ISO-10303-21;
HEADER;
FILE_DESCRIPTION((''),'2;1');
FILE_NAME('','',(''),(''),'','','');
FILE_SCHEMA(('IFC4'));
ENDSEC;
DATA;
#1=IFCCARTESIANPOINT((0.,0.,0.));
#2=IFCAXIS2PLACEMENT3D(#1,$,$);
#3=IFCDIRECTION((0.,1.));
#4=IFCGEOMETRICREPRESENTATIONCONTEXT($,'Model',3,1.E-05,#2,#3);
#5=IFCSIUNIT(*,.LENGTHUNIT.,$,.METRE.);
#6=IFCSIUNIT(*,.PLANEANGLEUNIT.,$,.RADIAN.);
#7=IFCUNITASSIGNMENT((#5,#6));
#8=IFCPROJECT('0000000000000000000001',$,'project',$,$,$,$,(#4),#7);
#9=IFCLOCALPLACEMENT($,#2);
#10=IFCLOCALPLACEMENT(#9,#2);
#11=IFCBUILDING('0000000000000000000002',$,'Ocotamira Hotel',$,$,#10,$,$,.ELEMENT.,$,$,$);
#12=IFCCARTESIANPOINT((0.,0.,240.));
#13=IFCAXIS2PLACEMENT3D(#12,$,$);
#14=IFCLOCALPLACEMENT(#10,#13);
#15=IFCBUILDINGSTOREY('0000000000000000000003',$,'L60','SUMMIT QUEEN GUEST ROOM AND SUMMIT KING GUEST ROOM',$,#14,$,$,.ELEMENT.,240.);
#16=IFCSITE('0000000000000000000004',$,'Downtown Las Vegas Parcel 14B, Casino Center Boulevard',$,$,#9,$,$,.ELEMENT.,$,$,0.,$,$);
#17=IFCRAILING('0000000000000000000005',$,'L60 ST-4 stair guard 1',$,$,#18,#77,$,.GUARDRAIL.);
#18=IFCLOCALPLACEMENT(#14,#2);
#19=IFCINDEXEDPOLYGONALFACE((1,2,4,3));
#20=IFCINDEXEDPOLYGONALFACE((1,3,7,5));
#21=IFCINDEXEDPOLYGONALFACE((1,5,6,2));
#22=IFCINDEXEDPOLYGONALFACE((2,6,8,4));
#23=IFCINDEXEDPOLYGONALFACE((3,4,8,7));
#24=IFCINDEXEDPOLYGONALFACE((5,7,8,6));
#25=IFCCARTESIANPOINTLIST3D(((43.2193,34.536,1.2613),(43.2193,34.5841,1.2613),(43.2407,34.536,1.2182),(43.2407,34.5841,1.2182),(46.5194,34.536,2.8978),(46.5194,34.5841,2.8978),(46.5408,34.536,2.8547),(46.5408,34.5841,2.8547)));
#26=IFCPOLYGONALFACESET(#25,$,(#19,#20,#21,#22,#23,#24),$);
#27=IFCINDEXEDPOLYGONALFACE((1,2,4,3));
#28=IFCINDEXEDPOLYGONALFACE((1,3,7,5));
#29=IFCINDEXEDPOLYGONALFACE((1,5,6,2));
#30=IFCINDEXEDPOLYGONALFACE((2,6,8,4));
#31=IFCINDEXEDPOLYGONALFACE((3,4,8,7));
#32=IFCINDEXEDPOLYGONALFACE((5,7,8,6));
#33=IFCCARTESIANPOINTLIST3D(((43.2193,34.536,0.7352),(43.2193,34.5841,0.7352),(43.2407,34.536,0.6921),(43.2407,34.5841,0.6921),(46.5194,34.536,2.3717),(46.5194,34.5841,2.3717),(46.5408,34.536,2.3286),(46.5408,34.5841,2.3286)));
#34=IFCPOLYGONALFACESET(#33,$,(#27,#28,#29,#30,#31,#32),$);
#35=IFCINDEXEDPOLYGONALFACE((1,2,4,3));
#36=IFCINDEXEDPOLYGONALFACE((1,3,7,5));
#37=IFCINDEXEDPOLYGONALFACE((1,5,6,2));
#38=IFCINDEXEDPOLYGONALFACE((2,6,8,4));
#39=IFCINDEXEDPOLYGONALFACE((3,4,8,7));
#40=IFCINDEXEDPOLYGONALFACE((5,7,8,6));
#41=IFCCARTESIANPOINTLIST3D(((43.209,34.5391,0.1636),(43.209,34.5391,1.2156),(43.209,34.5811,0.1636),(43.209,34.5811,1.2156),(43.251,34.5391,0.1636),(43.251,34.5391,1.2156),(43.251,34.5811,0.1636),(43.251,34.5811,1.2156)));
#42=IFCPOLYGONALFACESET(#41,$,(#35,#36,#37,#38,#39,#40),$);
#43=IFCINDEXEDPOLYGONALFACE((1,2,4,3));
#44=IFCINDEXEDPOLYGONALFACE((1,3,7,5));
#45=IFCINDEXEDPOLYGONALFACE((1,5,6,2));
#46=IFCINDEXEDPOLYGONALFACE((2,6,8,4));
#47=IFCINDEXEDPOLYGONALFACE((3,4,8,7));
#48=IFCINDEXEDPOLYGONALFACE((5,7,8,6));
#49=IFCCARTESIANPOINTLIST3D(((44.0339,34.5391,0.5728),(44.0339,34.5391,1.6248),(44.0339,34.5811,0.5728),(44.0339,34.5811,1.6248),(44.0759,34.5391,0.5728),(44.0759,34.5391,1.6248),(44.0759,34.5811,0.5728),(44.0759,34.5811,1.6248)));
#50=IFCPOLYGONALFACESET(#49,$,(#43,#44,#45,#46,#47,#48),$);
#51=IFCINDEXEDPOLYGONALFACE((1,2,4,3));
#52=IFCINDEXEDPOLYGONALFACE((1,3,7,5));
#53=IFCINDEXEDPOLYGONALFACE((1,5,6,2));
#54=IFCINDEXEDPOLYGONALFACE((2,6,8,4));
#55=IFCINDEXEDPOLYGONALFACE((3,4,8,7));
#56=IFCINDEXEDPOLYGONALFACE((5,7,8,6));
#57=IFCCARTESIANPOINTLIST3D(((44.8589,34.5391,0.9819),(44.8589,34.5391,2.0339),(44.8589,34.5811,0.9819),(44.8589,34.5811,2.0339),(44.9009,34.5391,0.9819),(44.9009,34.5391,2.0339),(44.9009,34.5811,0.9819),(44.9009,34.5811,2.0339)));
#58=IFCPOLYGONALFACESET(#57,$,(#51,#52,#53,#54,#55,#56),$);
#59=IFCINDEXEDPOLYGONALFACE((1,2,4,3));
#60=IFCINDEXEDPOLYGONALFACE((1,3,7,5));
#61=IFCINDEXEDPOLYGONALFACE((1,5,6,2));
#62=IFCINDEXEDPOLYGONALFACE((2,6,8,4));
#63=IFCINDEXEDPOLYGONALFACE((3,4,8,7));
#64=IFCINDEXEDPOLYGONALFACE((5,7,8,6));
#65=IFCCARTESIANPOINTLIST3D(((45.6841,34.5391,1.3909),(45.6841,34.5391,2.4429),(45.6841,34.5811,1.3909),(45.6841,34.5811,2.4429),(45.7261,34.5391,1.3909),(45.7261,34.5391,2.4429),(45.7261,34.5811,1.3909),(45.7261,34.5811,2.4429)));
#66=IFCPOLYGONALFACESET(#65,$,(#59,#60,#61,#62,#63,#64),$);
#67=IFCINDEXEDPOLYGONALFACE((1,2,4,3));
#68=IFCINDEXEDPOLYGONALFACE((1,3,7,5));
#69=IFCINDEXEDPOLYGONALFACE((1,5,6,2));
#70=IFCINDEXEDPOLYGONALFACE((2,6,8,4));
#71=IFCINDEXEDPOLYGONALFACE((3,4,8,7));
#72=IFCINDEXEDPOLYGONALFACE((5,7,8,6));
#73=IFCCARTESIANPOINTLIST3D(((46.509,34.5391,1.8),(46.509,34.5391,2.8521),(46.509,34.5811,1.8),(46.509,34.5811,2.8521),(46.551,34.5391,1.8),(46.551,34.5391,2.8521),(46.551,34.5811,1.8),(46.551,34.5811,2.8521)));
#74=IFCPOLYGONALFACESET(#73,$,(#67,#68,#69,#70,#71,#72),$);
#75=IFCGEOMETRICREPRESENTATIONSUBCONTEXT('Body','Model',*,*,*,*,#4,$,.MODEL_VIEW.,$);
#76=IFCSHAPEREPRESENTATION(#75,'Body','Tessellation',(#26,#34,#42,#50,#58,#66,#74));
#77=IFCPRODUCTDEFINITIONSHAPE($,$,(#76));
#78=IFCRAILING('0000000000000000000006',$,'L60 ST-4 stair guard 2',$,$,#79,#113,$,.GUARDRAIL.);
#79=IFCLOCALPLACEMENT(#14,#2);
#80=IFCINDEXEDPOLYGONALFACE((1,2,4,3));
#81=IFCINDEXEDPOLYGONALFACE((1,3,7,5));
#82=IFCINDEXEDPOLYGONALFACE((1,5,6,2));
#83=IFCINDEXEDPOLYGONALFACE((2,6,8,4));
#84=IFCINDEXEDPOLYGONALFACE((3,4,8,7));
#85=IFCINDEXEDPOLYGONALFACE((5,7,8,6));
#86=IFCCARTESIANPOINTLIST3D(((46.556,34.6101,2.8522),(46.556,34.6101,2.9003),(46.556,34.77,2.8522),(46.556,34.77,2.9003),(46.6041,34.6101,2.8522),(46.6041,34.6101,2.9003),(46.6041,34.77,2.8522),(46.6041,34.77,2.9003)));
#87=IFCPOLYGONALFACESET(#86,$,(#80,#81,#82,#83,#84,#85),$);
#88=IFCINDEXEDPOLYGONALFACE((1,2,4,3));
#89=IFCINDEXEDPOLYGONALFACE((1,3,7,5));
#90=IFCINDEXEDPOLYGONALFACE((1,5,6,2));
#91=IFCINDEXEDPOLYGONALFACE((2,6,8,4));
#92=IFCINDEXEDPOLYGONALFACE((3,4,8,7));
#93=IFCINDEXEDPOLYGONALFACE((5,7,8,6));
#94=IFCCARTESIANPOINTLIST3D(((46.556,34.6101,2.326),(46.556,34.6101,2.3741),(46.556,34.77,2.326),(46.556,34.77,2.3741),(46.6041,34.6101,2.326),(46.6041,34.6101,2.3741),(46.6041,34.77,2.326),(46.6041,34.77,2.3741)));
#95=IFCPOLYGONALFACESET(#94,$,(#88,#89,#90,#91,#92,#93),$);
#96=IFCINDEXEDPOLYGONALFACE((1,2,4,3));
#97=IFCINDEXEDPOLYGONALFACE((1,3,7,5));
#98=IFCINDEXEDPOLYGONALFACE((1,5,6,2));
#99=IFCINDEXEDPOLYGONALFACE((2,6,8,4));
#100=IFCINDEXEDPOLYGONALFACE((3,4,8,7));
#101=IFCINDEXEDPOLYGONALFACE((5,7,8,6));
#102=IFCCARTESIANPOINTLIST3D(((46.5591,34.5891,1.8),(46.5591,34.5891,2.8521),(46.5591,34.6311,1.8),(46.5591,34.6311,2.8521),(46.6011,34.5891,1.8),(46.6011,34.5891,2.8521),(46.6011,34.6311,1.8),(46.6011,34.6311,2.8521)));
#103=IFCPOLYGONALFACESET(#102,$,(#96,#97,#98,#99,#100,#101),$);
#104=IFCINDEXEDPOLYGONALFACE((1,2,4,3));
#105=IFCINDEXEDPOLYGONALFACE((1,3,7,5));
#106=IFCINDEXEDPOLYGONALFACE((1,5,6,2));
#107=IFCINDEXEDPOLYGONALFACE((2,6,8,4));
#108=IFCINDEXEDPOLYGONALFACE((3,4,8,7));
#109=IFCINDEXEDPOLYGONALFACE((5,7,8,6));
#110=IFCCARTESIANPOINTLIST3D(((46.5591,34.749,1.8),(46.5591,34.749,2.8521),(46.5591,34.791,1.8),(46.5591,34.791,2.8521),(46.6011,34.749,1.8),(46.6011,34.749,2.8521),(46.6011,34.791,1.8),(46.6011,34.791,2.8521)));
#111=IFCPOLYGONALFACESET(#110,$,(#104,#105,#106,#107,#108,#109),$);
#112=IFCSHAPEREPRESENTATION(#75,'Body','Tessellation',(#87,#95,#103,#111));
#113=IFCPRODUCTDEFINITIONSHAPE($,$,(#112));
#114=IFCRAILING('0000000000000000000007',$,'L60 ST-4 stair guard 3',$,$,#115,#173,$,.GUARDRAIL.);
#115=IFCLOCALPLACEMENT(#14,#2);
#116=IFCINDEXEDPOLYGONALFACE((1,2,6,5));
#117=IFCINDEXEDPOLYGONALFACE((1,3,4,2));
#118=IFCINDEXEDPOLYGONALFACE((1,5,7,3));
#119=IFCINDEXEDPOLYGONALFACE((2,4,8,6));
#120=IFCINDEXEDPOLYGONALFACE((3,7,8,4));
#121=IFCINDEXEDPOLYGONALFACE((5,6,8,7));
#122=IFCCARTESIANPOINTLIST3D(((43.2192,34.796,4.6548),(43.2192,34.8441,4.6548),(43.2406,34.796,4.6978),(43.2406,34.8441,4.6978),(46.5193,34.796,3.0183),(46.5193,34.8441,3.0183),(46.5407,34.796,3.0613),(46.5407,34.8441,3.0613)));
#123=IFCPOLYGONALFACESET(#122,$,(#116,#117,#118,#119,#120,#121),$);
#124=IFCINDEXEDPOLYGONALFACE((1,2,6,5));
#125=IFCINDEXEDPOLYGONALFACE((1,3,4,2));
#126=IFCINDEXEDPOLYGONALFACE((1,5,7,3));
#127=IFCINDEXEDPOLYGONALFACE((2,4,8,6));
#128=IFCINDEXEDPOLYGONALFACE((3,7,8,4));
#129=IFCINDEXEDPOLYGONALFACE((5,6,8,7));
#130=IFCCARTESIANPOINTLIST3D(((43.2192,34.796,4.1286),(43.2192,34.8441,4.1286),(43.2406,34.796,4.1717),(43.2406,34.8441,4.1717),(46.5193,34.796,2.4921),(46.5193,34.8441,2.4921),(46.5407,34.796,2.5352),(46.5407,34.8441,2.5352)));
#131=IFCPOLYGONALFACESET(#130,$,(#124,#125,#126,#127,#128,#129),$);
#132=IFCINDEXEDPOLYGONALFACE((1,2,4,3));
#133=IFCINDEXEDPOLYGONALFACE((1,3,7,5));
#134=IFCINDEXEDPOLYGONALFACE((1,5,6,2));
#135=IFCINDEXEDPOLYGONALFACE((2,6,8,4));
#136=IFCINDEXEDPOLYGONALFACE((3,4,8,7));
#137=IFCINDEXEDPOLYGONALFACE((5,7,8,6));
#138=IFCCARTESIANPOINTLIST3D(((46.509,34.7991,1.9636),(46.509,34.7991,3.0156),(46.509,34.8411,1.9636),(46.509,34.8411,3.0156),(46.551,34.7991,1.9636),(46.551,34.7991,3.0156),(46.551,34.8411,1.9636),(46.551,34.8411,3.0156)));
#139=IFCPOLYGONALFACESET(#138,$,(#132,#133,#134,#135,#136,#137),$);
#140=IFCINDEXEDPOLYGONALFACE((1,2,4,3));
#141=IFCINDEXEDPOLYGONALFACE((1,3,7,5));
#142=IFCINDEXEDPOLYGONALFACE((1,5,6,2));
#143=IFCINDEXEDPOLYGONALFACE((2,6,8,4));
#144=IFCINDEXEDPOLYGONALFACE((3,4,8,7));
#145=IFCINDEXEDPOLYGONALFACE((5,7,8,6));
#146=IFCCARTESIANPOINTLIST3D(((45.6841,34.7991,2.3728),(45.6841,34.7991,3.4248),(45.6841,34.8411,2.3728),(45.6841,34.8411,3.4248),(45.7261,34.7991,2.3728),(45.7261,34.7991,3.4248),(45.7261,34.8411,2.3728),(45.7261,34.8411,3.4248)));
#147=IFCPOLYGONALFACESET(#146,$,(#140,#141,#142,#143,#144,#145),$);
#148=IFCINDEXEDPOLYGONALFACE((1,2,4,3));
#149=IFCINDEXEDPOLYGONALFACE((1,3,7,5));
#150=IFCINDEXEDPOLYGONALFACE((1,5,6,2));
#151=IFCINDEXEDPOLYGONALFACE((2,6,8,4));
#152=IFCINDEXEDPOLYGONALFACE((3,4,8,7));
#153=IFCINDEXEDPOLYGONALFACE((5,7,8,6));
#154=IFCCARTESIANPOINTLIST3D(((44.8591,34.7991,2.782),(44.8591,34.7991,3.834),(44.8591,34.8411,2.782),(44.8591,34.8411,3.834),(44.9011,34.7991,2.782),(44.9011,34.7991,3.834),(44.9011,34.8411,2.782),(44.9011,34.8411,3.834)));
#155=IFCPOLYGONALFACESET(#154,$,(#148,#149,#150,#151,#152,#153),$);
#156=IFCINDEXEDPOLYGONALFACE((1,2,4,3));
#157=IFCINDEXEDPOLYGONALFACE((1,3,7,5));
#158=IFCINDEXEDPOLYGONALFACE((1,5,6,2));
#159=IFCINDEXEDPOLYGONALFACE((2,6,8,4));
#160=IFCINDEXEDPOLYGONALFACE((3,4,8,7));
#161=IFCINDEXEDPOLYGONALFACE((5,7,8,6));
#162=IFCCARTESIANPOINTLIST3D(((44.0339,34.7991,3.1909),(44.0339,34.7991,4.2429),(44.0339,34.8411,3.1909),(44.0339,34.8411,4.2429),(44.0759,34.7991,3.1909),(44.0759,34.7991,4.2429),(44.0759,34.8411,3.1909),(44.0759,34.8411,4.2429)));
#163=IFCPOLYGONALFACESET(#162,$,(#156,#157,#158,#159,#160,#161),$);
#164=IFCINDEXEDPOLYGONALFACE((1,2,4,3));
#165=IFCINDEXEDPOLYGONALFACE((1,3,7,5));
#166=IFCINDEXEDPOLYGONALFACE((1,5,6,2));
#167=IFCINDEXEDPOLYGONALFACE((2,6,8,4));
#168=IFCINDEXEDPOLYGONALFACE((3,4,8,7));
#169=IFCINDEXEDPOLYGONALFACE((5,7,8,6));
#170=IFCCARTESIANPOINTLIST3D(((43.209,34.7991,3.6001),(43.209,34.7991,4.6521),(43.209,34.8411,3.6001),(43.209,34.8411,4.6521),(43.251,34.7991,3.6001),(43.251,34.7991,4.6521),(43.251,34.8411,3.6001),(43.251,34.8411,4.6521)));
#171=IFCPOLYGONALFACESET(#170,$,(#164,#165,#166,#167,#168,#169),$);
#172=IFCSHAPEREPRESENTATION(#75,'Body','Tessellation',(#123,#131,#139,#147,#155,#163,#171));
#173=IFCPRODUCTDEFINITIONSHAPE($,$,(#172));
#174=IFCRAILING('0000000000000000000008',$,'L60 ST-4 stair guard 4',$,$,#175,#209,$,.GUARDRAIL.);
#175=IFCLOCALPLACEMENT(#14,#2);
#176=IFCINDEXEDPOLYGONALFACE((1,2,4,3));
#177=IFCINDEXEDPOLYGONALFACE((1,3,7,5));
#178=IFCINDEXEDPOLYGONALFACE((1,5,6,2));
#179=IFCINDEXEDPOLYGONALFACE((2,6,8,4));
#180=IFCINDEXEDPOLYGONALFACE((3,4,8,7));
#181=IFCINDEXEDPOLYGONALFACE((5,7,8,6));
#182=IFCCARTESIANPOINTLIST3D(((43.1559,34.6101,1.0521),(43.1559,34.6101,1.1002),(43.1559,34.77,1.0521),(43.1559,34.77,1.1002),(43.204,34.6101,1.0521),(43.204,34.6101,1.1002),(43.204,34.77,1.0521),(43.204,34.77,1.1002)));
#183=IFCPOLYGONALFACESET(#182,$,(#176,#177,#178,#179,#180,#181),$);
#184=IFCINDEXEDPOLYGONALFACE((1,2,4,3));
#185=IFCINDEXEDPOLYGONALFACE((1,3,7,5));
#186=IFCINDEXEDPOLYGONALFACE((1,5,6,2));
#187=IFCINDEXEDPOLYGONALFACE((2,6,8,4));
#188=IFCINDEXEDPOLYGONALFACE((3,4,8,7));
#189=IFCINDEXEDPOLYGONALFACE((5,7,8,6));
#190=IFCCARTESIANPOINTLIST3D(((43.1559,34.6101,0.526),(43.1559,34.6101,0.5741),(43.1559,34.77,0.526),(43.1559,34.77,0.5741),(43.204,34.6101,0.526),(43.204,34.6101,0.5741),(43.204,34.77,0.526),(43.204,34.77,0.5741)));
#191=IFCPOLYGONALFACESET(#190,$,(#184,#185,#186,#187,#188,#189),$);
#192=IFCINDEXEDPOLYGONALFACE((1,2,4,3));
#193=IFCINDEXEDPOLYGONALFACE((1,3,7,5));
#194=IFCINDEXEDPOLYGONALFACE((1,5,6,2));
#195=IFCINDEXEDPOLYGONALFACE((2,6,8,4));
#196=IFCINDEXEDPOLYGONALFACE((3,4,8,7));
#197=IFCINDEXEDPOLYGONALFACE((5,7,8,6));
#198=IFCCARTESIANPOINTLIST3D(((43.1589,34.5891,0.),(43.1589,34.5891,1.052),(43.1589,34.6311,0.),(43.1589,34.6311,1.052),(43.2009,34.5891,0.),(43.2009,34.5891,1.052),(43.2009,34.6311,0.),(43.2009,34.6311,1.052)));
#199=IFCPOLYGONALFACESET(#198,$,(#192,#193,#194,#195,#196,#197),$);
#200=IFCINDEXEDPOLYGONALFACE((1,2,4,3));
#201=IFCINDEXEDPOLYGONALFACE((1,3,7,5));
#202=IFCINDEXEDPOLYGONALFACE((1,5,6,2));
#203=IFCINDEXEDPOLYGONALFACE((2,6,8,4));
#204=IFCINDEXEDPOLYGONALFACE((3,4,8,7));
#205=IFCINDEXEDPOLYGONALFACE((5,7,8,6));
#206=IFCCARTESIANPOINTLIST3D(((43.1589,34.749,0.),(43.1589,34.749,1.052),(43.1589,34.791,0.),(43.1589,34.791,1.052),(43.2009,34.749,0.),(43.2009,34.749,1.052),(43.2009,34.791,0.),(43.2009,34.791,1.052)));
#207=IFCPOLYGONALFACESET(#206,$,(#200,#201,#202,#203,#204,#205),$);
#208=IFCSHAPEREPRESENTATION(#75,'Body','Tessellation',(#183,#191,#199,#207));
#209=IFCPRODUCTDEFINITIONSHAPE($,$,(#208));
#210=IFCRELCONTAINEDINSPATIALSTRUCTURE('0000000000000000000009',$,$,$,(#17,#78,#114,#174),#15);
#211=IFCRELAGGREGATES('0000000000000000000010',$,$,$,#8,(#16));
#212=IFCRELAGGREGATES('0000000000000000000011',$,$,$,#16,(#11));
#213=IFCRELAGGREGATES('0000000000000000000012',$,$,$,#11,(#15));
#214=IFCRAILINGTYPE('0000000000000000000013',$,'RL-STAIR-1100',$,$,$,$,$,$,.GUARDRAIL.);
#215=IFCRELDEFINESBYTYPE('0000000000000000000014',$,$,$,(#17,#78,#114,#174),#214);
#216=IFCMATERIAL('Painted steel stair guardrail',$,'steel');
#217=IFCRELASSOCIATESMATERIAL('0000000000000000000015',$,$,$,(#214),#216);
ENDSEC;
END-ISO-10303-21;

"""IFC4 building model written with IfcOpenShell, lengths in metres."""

from ifc_helpers import new_model, si_unit, direction, frame, origin, origin_2d, place, context, subcontext, project, spatial, rectangle, extrude, material, type_object, element, save


model = new_model("IFC4")

# Units and contexts
model_context = context("Model", 3, precision=1e-05, world=origin(), true_north=direction((0.0, 1.0)))
body_context = subcontext(model_context, "Body", "Model", "MODEL_VIEW")
ifc_project = project(units=[si_unit("LENGTHUNIT", "METRE"), si_unit("PLANEANGLEUNIT", "RADIAN")], contexts=[model_context])

# Site, building, storey
site_placement = place(None, origin())
site = spatial("IfcSite", under=ifc_project, at=site_placement, Name="Downtown Las Vegas Parcel 14B, Casino Center Boulevard", CompositionType="ELEMENT", RefElevation=0.0)
building_placement = place(site_placement, origin())
building = spatial("IfcBuilding", under=site, at=building_placement, Name="Ocotamira Hotel", CompositionType="ELEMENT")
storey_placement = place(building_placement, frame((0.0, 0.0, 240.0)))
storey = spatial("IfcBuildingStorey", under=building, at=storey_placement, Name="L60", Description="SUMMIT QUEEN GUEST ROOM AND SUMMIT KING GUEST ROOM", CompositionType="ELEMENT", Elevation=240.0)

# Railings
ifc_material_1 = material(Name="Painted steel stair guardrail", Category="steel")
railing_type_1 = type_object("IfcRailingType", Name="RL-STAIR-1100", PredefinedType="GUARDRAIL", material=ifc_material_1)
railing_1_placement = place(storey_placement, frame((43.23, 34.5601, 0.1636)))
element("IfcRailing", 1, at=railing_1_placement, inside=storey, type_object=railing_type_1, Name="L60 ST-4 stair guard 1", PredefinedType="GUARDRAIL", context=body_context, shape_type="SweptSolid", body=[
    extrude(rectangle(XDim=0.0481, YDim=0.0481, at=origin_2d()), frame((0.0, 0.0, 1.0762), z_axis=(0.895894, 0.0, 0.444268), x_axis=(0.0, 1.0, 0.0)), (0.0, 0.0, 1.0), 3.6836),
    extrude(rectangle(XDim=0.0481, YDim=0.0481, at=origin_2d()), frame((0.0, 0.0, 0.55), z_axis=(0.895894, 0.0, 0.444268), x_axis=(0.0, 1.0, 0.0)), (0.0, 0.0, 1.0), 3.6836),
    extrude(rectangle(XDim=0.042, YDim=0.042, at=origin_2d()), origin(), (0.0, 0.0, 1.0), 1.052),
    extrude(rectangle(XDim=0.042, YDim=0.042, at=origin_2d()), frame((0.825, 0.0, 0.4092)), (0.0, 0.0, 1.0), 1.052),
    extrude(rectangle(XDim=0.042, YDim=0.042, at=origin_2d()), frame((1.6499, 0.0, 0.8184)), (0.0, 0.0, 1.0), 1.052),
    extrude(rectangle(XDim=0.042, YDim=0.042, at=origin_2d()), frame((2.4751, 0.0, 1.2273)), (0.0, 0.0, 1.0), 1.052),
    extrude(rectangle(XDim=0.042, YDim=0.042, at=origin_2d()), frame((3.3, 0.0, 1.6365)), (0.0, 0.0, 1.0), 1.052),
])
railing_2_placement = place(storey_placement, frame((46.5801, 34.6101, 1.8)))
element("IfcRailing", 2, at=railing_2_placement, inside=storey, type_object=railing_type_1, Name="L60 ST-4 stair guard 2", PredefinedType="GUARDRAIL", context=body_context, shape_type="SweptSolid", body=[
    extrude(rectangle(XDim=0.0481, YDim=0.0481, at=origin_2d()), frame((0.0, 0.0, 1.0762), z_axis=(0.0, 1.0, 0.0), x_axis=(-1.0, 0.0, 0.0)), (0.0, 0.0, 1.0), 0.1599),
    extrude(rectangle(XDim=0.0481, YDim=0.0481, at=origin_2d()), frame((0.0, 0.0, 0.55), z_axis=(0.0, 1.0, 0.0), x_axis=(-1.0, 0.0, 0.0)), (0.0, 0.0, 1.0), 0.1599),
    extrude(rectangle(XDim=0.042, YDim=0.042, at=origin_2d()), origin(), (0.0, 0.0, 1.0), 1.052),
    extrude(rectangle(XDim=0.042, YDim=0.042, at=origin_2d()), frame((0.0, 0.1599, 0.0)), (0.0, 0.0, 1.0), 1.052),
])
railing_3_placement = place(storey_placement, frame((46.53, 34.8201, 1.9636)))
element("IfcRailing", 3, at=railing_3_placement, inside=storey, type_object=railing_type_1, Name="L60 ST-4 stair guard 3", PredefinedType="GUARDRAIL", context=body_context, shape_type="SweptSolid", body=[
    extrude(rectangle(XDim=0.0481, YDim=0.0481, at=origin_2d()), frame((0.0, 0.0, 1.0762), z_axis=(-0.895894, 0.0, 0.444268), x_axis=(0.0, -1.0, 0.0)), (0.0, 0.0, 1.0), 3.6836),
    extrude(rectangle(XDim=0.0481, YDim=0.0481, at=origin_2d()), frame((0.0, 0.0, 0.55), z_axis=(-0.895894, 0.0, 0.444268), x_axis=(0.0, -1.0, 0.0)), (0.0, 0.0, 1.0), 3.6836),
    extrude(rectangle(XDim=0.042, YDim=0.042, at=origin_2d()), origin(), (0.0, 0.0, 1.0), 1.052),
    extrude(rectangle(XDim=0.042, YDim=0.042, at=origin_2d()), frame((-0.825, 0.0, 0.4092)), (0.0, 0.0, 1.0), 1.052),
    extrude(rectangle(XDim=0.042, YDim=0.042, at=origin_2d()), frame((-1.6499, 0.0, 0.8184)), (0.0, 0.0, 1.0), 1.052),
    extrude(rectangle(XDim=0.042, YDim=0.042, at=origin_2d()), frame((-2.4751, 0.0, 1.2273)), (0.0, 0.0, 1.0), 1.052),
    extrude(rectangle(XDim=0.042, YDim=0.042, at=origin_2d()), frame((-3.3, 0.0, 1.6365)), (0.0, 0.0, 1.0), 1.052),
])
railing_4_placement = place(storey_placement, frame((43.1799, 34.6101, 0.0)))
element("IfcRailing", 4, at=railing_4_placement, inside=storey, type_object=railing_type_1, Name="L60 ST-4 stair guard 4", PredefinedType="GUARDRAIL", context=body_context, shape_type="SweptSolid", body=[
    extrude(rectangle(XDim=0.0481, YDim=0.0481, at=origin_2d()), frame((0.0, 0.0, 1.0762), z_axis=(0.0, 1.0, 0.0), x_axis=(-1.0, 0.0, 0.0)), (0.0, 0.0, 1.0), 0.1599),
    extrude(rectangle(XDim=0.0481, YDim=0.0481, at=origin_2d()), frame((0.0, 0.0, 0.55), z_axis=(0.0, 1.0, 0.0), x_axis=(-1.0, 0.0, 0.0)), (0.0, 0.0, 1.0), 0.1599),
    extrude(rectangle(XDim=0.042, YDim=0.042, at=origin_2d()), origin(), (0.0, 0.0, 1.0), 1.052),
    extrude(rectangle(XDim=0.042, YDim=0.042, at=origin_2d()), frame((0.0, 0.1599, 0.0)), (0.0, 0.0, 1.0), 1.052),
])

save(model, "model.ifc")
